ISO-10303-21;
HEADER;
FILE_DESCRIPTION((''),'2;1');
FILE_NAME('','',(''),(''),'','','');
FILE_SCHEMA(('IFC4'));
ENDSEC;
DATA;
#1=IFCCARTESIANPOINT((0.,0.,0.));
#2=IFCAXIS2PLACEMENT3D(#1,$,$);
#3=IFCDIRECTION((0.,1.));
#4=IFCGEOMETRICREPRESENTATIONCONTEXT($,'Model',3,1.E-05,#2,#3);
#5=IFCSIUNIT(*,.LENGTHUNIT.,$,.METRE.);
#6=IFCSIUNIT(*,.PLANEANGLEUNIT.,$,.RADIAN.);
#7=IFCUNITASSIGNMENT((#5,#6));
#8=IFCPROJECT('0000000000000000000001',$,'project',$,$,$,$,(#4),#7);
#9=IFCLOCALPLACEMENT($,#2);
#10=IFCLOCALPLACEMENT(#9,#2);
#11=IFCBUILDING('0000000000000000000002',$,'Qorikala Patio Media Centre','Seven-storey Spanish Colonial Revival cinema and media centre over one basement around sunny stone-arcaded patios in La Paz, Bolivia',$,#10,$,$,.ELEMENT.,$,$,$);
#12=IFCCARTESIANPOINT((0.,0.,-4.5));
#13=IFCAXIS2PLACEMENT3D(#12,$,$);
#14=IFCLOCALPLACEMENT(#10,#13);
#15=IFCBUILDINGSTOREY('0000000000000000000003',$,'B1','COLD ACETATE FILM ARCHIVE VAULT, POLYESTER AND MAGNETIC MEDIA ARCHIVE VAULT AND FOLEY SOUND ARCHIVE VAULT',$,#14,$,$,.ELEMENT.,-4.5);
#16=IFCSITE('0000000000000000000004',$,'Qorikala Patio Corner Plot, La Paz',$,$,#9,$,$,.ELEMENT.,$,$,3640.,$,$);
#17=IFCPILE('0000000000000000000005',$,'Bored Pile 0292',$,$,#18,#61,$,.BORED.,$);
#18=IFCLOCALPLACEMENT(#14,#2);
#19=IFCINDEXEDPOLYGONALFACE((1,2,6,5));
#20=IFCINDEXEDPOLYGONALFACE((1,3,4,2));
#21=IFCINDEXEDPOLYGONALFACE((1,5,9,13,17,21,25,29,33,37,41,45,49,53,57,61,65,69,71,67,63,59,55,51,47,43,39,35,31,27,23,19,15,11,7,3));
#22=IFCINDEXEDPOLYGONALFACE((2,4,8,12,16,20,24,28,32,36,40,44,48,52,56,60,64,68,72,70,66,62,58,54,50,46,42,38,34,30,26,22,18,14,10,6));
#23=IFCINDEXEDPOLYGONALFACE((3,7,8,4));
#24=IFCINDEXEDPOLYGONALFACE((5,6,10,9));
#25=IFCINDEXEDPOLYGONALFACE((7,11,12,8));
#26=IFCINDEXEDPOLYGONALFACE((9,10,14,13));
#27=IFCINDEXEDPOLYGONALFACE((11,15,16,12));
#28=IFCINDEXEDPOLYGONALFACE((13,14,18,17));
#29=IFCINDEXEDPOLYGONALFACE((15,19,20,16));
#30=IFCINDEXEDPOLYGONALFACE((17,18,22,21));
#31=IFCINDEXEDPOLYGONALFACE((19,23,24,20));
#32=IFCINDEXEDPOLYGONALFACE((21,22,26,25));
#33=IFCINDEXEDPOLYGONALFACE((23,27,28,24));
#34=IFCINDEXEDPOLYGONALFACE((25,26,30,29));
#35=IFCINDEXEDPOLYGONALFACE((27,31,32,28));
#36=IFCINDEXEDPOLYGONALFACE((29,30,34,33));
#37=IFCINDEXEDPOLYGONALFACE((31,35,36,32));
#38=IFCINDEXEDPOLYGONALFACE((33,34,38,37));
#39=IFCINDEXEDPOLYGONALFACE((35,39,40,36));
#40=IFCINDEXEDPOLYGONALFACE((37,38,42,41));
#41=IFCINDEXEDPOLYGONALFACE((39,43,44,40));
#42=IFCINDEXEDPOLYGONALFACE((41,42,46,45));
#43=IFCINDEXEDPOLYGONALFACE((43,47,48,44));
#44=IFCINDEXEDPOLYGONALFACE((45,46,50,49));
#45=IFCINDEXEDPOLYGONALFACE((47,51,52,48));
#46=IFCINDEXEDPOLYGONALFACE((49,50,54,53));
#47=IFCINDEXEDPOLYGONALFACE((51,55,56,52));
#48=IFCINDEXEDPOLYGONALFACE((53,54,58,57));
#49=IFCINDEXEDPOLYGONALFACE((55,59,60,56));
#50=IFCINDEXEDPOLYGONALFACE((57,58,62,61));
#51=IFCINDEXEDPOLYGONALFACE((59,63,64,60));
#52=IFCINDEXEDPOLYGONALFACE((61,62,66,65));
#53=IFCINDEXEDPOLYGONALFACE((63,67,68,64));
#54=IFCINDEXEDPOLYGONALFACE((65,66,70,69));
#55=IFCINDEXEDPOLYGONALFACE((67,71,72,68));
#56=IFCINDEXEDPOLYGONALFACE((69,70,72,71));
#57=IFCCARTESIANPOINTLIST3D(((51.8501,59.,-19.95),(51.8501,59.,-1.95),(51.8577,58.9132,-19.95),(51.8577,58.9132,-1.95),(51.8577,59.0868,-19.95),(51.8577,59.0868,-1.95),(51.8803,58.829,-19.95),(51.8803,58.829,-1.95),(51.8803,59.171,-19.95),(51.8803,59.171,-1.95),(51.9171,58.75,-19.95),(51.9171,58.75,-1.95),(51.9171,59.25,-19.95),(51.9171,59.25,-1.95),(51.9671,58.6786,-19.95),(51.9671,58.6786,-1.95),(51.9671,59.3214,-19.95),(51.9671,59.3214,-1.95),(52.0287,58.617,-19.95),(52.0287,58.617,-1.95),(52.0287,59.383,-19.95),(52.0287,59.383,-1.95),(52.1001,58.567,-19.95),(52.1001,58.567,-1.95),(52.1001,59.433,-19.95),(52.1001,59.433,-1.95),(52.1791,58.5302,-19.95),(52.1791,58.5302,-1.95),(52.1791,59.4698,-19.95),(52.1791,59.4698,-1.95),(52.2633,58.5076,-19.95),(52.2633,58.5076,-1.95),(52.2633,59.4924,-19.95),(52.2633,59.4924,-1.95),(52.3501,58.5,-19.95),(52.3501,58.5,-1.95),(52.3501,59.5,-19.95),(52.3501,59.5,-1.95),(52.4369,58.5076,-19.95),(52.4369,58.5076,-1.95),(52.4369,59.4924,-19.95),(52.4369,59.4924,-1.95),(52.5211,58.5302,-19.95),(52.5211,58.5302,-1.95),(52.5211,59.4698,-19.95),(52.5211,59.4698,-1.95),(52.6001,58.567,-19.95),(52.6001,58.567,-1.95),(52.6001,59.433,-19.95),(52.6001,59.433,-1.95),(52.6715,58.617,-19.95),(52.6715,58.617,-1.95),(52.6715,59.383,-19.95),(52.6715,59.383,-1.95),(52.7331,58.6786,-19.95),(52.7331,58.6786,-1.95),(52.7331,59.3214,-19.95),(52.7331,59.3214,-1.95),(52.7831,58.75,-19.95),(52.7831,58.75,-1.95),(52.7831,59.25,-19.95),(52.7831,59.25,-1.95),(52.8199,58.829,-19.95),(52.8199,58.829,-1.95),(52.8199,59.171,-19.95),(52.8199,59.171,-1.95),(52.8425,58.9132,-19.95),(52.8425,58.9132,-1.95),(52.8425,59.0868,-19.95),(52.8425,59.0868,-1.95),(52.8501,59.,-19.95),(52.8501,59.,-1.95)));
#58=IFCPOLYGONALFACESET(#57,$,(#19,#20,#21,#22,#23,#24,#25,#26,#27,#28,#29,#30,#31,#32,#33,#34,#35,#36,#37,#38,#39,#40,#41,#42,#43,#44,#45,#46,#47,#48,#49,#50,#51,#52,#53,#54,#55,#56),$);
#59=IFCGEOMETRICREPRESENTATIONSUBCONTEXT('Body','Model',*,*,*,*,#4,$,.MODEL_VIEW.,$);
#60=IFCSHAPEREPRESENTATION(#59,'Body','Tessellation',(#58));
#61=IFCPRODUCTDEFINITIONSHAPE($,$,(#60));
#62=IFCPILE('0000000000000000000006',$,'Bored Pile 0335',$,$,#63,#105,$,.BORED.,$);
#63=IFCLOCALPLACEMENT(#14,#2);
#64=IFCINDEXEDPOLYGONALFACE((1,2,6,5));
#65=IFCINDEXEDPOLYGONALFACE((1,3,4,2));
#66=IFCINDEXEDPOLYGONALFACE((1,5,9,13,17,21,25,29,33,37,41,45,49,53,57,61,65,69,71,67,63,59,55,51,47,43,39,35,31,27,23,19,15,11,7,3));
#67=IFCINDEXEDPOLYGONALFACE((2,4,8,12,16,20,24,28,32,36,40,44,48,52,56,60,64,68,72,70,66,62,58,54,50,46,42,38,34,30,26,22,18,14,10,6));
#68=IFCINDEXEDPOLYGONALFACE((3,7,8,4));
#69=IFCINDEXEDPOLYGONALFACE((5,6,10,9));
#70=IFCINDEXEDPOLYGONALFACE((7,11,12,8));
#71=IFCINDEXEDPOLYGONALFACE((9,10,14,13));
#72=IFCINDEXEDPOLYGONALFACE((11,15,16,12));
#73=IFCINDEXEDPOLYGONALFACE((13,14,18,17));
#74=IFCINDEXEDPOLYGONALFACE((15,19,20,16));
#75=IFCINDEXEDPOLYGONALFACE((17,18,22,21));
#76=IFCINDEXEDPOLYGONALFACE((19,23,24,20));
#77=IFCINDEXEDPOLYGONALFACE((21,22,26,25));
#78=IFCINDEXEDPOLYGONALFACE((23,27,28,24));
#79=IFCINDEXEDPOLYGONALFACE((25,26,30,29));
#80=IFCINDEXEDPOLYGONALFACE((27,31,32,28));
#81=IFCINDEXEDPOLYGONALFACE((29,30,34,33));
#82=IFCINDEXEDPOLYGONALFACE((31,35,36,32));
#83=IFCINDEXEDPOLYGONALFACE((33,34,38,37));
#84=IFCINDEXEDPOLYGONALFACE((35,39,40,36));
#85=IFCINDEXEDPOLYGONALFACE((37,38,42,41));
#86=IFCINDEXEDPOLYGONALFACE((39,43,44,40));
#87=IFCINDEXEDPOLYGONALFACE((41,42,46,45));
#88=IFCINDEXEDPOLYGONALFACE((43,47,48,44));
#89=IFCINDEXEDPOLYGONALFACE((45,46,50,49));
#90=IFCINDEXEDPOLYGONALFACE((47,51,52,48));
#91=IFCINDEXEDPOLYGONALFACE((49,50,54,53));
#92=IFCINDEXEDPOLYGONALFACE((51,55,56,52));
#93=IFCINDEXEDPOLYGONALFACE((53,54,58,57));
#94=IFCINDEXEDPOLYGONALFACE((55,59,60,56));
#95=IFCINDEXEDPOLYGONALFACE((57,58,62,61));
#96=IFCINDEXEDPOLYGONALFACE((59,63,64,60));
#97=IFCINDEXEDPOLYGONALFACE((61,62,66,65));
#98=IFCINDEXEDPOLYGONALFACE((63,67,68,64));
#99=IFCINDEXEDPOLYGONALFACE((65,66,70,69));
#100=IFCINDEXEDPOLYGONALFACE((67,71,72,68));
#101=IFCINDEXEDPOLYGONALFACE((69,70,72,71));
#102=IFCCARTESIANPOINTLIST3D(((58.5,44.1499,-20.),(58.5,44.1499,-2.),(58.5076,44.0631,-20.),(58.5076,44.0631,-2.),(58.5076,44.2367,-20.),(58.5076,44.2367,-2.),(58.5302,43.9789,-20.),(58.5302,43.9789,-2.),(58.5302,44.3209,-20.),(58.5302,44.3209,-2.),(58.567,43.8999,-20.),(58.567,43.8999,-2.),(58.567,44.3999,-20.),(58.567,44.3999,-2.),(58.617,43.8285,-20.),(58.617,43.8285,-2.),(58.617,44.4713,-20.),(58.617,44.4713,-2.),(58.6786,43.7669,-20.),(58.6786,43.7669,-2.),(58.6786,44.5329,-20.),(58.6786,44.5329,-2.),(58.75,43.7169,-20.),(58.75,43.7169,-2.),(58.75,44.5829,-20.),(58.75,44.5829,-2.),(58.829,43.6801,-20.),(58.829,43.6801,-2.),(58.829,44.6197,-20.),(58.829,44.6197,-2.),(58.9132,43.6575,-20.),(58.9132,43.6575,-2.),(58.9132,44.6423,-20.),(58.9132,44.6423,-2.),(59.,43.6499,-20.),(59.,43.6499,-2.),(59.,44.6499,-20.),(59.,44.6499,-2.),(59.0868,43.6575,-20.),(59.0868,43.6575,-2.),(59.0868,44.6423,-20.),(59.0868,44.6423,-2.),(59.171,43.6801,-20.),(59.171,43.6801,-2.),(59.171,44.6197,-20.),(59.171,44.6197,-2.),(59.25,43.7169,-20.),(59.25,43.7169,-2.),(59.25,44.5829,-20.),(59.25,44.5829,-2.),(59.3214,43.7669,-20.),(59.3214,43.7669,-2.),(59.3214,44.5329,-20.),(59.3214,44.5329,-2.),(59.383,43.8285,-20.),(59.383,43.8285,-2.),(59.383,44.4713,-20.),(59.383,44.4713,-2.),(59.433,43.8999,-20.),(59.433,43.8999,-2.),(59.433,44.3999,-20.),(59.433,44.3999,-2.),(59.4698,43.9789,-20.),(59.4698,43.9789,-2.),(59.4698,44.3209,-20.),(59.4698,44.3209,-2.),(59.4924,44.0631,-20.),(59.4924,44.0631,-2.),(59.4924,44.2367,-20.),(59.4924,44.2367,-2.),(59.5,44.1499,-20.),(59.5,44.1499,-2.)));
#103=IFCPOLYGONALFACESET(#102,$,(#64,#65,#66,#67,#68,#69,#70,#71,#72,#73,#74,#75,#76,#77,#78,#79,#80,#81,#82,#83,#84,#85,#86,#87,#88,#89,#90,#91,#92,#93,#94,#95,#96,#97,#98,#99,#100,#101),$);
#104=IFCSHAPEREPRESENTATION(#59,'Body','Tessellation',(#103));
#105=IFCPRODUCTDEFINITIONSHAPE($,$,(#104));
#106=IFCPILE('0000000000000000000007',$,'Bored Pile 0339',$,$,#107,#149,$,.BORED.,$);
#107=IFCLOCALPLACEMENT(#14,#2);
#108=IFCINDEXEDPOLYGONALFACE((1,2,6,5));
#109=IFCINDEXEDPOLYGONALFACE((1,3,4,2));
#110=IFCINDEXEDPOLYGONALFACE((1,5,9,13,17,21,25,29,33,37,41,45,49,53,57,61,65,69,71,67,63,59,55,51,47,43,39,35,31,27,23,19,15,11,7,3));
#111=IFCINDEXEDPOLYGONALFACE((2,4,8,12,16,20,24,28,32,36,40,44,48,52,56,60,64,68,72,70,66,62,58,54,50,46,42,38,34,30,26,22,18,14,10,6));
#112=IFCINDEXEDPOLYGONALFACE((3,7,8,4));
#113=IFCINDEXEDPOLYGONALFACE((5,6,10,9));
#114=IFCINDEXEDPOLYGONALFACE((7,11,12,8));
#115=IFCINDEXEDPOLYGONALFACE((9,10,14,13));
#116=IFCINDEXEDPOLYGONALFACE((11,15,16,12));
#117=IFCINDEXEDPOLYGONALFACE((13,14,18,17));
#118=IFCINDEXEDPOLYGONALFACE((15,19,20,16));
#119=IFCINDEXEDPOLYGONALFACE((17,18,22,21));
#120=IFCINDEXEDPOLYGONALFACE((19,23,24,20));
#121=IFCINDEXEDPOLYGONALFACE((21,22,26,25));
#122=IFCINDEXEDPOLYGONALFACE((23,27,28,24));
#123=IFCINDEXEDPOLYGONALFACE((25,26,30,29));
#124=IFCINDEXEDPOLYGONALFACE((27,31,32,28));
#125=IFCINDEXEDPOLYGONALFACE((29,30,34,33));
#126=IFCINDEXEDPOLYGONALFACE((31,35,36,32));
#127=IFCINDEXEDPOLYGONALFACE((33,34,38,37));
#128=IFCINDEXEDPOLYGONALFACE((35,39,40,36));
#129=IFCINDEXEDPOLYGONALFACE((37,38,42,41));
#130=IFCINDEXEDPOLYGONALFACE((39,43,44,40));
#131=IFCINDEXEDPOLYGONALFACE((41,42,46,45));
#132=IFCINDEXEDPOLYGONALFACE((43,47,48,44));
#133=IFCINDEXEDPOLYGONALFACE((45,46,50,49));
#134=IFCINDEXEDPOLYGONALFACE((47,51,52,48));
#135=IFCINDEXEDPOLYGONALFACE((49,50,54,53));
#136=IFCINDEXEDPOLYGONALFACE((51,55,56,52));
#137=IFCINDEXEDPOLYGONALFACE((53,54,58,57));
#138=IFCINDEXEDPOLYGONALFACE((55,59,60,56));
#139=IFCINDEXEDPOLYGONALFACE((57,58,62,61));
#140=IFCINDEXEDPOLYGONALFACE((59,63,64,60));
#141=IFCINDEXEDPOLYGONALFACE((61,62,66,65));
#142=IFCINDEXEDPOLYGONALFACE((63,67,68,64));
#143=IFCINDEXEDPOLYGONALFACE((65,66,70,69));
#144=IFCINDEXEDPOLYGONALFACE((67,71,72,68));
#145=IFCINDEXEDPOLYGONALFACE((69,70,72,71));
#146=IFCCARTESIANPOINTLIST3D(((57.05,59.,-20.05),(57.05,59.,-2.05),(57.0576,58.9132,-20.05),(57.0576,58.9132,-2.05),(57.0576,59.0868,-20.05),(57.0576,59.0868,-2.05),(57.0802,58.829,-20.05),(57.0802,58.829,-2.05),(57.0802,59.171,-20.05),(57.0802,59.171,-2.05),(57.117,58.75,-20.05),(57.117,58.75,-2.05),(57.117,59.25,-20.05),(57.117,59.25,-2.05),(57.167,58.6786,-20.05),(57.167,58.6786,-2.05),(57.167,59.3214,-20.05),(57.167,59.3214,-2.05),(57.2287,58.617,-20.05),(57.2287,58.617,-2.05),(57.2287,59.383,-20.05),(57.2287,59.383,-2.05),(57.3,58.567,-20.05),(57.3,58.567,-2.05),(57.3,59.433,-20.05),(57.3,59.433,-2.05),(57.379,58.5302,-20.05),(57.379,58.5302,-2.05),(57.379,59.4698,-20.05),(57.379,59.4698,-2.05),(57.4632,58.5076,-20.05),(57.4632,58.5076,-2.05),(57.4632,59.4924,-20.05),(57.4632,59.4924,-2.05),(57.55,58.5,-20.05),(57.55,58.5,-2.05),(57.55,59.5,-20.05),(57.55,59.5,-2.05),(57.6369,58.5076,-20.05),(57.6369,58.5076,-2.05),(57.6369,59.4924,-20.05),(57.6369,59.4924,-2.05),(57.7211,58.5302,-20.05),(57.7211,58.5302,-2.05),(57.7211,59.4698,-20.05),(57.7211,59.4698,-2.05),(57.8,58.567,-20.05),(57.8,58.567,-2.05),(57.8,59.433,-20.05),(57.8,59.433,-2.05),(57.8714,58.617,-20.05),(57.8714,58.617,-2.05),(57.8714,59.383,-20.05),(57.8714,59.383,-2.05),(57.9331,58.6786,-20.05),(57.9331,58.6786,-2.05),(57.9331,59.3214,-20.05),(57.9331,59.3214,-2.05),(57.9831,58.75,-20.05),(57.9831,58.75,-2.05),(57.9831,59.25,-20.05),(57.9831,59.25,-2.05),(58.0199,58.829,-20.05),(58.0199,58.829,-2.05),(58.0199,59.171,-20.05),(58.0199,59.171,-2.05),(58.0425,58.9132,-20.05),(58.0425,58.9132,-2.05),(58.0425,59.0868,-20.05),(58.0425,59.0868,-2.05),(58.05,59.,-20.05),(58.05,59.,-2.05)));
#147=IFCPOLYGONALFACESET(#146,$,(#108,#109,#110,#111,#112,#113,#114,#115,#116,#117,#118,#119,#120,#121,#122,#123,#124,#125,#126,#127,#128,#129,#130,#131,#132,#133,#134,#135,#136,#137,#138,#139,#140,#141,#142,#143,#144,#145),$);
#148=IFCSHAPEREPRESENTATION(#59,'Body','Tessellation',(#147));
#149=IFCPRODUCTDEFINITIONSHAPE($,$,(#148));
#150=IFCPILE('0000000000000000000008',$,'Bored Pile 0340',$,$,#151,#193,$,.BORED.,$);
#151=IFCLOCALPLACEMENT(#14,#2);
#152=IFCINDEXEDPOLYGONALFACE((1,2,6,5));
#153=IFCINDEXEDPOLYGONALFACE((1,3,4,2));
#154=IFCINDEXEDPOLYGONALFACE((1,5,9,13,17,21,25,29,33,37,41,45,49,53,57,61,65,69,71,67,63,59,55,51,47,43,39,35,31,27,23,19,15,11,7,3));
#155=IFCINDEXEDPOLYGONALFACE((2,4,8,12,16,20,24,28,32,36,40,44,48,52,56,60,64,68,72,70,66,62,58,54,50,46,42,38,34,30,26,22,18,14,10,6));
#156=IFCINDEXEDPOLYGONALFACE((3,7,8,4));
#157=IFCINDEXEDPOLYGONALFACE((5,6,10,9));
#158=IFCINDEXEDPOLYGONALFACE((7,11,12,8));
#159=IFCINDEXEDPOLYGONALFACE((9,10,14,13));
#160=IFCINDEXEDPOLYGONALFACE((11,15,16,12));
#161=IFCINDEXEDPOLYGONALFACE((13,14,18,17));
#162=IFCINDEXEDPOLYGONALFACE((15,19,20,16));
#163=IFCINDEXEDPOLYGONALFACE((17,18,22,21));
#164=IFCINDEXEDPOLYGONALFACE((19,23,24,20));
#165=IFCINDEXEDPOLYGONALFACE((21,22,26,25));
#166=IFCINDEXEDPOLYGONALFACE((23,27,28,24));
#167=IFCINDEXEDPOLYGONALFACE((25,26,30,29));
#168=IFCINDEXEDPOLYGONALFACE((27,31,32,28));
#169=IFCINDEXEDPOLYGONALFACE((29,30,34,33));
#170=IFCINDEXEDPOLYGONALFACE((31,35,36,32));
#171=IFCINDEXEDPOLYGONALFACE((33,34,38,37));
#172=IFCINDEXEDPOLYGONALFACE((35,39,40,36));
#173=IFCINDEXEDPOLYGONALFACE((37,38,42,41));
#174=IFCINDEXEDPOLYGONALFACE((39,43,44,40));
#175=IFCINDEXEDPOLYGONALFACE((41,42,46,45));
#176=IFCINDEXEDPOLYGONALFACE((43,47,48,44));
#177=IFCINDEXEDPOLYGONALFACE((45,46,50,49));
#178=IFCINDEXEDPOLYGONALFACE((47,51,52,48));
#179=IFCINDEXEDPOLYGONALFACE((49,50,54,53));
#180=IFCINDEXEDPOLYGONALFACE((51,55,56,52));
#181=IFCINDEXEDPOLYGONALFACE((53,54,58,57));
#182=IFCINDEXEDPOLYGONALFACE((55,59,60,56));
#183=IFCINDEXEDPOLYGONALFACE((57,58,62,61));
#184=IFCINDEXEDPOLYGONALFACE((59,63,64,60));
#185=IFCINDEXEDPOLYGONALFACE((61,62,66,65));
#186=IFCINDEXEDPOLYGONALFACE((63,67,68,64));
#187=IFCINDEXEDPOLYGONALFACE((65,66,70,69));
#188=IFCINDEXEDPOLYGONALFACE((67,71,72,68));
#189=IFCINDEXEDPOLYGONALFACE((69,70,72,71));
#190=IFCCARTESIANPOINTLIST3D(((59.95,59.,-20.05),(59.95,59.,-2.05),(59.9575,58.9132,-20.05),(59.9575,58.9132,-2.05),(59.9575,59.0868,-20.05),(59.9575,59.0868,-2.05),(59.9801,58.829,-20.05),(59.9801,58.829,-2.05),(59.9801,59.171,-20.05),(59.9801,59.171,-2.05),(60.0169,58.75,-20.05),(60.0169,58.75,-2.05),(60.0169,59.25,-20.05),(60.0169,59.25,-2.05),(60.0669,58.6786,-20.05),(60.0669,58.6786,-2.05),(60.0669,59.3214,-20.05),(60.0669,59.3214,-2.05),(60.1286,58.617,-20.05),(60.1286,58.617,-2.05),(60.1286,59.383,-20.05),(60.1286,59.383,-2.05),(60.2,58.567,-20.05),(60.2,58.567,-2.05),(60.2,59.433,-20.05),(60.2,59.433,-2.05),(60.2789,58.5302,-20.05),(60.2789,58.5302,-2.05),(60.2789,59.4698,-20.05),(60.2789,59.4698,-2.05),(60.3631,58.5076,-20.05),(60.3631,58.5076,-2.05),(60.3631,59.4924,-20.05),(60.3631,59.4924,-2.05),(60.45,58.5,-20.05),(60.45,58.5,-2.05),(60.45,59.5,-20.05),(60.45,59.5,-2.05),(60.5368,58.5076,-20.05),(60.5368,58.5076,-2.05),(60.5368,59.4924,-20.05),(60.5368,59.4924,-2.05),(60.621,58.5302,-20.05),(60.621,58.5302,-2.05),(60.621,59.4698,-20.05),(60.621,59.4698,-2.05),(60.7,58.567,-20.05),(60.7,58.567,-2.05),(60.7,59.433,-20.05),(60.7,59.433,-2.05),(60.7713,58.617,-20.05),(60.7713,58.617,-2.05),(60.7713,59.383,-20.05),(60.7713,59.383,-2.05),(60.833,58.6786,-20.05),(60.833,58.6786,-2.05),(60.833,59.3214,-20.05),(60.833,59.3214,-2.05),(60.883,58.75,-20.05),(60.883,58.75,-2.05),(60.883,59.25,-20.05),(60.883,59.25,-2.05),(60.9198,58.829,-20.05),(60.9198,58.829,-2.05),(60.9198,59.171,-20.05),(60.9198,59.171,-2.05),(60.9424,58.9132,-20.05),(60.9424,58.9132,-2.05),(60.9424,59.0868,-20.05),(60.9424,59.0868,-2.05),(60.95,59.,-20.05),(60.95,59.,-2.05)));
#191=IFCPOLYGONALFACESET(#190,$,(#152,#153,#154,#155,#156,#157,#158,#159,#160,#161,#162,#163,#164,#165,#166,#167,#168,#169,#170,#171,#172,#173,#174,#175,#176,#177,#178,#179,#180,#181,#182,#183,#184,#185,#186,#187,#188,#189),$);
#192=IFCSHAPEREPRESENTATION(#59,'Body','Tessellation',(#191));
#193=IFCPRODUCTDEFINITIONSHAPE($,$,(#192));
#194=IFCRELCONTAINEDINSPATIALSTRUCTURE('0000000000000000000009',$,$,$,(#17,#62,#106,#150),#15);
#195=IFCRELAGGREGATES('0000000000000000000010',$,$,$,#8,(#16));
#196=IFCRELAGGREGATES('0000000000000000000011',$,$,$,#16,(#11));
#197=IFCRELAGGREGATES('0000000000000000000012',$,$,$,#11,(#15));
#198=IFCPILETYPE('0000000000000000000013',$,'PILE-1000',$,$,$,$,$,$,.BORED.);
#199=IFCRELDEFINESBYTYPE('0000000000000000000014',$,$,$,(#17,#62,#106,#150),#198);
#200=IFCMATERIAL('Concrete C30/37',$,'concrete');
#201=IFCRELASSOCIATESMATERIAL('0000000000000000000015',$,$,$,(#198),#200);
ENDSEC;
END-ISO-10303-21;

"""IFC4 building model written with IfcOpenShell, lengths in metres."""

from ifc_helpers import new_model, si_unit, direction, frame, origin, origin_2d, place, context, subcontext, project, spatial, circle, extrude, material, material_profile, profile_set, type_object, element, save


model = new_model("IFC4")

# Units and contexts
model_context = context("Model", 3, precision=1e-05, world=origin(), true_north=direction((0.0, 1.0)))
body_context = subcontext(model_context, "Body", "Model", "MODEL_VIEW")
ifc_project = project(units=[si_unit("LENGTHUNIT", "METRE"), si_unit("PLANEANGLEUNIT", "RADIAN")], contexts=[model_context])

# Site, building, storey
site_placement = place(None, origin())
site = spatial("IfcSite", under=ifc_project, at=site_placement, Name="Qorikala Patio Corner Plot, La Paz", CompositionType="ELEMENT", RefElevation=3640.0)
building_placement = place(site_placement, origin())
building = spatial("IfcBuilding", under=site, at=building_placement, Name="Qorikala Patio Media Centre", Description="Seven-storey Spanish Colonial Revival cinema and media centre over one basement around sunny stone-arcaded patios in La Paz, Bolivia", CompositionType="ELEMENT")
storey_placement = place(building_placement, frame((0.0, 0.0, -4.5)))
storey = spatial("IfcBuildingStorey", under=building, at=storey_placement, Name="B1", Description="COLD ACETATE FILM ARCHIVE VAULT, POLYESTER AND MAGNETIC MEDIA ARCHIVE VAULT AND FOLEY SOUND ARCHIVE VAULT", CompositionType="ELEMENT", Elevation=-4.5)

# Shared definitions
ifc_material_1 = material(Name="Concrete C30/37", Category="concrete")

# Piles
ifc_material_profile_1 = material_profile(ifc_material_1, circle(Radius=0.5, at=origin_2d()), Name="BORED PILE 1000")
ifc_profile_set_1 = profile_set([ifc_material_profile_1], Name="Concrete C30/37")
pile_type_1 = type_object("IfcPileType", Name="PILE-1000", PredefinedType="BORED", material=ifc_profile_set_1)
for number, where, z_axis, x_axis, name in (
    (1, (52.3501, 59.0, -1.95), (0.0, 0.0, -1.0), (1.0, 0.0, 0.0), "Bored Pile 0292"),
    (2, (59.0, 44.1499, -2.0), (0.0, 0.0, -1.0), (1.0, 0.0, 0.0), "Bored Pile 0335"),
    (3, (57.55, 59.0, -2.05), (0.0, 0.0, -1.0), (1.0, 0.0, 0.0), "Bored Pile 0339"),
    (4, (60.45, 59.0, -2.05), (0.0, 0.0, -1.0), (1.0, 0.0, 0.0), "Bored Pile 0340"),
):
    element("IfcPile", number, at=place(storey_placement, frame(where, z_axis=z_axis, x_axis=x_axis)), inside=storey, type_object=pile_type_1, Name=name, PredefinedType="BORED", context=body_context, shape_type="SweptSolid", body=[
        extrude(circle(Radius=0.5, at=origin_2d()), origin(), (0.0, 0.0, 1.0), 18.0),
    ])

save(model, "model.ifc")
